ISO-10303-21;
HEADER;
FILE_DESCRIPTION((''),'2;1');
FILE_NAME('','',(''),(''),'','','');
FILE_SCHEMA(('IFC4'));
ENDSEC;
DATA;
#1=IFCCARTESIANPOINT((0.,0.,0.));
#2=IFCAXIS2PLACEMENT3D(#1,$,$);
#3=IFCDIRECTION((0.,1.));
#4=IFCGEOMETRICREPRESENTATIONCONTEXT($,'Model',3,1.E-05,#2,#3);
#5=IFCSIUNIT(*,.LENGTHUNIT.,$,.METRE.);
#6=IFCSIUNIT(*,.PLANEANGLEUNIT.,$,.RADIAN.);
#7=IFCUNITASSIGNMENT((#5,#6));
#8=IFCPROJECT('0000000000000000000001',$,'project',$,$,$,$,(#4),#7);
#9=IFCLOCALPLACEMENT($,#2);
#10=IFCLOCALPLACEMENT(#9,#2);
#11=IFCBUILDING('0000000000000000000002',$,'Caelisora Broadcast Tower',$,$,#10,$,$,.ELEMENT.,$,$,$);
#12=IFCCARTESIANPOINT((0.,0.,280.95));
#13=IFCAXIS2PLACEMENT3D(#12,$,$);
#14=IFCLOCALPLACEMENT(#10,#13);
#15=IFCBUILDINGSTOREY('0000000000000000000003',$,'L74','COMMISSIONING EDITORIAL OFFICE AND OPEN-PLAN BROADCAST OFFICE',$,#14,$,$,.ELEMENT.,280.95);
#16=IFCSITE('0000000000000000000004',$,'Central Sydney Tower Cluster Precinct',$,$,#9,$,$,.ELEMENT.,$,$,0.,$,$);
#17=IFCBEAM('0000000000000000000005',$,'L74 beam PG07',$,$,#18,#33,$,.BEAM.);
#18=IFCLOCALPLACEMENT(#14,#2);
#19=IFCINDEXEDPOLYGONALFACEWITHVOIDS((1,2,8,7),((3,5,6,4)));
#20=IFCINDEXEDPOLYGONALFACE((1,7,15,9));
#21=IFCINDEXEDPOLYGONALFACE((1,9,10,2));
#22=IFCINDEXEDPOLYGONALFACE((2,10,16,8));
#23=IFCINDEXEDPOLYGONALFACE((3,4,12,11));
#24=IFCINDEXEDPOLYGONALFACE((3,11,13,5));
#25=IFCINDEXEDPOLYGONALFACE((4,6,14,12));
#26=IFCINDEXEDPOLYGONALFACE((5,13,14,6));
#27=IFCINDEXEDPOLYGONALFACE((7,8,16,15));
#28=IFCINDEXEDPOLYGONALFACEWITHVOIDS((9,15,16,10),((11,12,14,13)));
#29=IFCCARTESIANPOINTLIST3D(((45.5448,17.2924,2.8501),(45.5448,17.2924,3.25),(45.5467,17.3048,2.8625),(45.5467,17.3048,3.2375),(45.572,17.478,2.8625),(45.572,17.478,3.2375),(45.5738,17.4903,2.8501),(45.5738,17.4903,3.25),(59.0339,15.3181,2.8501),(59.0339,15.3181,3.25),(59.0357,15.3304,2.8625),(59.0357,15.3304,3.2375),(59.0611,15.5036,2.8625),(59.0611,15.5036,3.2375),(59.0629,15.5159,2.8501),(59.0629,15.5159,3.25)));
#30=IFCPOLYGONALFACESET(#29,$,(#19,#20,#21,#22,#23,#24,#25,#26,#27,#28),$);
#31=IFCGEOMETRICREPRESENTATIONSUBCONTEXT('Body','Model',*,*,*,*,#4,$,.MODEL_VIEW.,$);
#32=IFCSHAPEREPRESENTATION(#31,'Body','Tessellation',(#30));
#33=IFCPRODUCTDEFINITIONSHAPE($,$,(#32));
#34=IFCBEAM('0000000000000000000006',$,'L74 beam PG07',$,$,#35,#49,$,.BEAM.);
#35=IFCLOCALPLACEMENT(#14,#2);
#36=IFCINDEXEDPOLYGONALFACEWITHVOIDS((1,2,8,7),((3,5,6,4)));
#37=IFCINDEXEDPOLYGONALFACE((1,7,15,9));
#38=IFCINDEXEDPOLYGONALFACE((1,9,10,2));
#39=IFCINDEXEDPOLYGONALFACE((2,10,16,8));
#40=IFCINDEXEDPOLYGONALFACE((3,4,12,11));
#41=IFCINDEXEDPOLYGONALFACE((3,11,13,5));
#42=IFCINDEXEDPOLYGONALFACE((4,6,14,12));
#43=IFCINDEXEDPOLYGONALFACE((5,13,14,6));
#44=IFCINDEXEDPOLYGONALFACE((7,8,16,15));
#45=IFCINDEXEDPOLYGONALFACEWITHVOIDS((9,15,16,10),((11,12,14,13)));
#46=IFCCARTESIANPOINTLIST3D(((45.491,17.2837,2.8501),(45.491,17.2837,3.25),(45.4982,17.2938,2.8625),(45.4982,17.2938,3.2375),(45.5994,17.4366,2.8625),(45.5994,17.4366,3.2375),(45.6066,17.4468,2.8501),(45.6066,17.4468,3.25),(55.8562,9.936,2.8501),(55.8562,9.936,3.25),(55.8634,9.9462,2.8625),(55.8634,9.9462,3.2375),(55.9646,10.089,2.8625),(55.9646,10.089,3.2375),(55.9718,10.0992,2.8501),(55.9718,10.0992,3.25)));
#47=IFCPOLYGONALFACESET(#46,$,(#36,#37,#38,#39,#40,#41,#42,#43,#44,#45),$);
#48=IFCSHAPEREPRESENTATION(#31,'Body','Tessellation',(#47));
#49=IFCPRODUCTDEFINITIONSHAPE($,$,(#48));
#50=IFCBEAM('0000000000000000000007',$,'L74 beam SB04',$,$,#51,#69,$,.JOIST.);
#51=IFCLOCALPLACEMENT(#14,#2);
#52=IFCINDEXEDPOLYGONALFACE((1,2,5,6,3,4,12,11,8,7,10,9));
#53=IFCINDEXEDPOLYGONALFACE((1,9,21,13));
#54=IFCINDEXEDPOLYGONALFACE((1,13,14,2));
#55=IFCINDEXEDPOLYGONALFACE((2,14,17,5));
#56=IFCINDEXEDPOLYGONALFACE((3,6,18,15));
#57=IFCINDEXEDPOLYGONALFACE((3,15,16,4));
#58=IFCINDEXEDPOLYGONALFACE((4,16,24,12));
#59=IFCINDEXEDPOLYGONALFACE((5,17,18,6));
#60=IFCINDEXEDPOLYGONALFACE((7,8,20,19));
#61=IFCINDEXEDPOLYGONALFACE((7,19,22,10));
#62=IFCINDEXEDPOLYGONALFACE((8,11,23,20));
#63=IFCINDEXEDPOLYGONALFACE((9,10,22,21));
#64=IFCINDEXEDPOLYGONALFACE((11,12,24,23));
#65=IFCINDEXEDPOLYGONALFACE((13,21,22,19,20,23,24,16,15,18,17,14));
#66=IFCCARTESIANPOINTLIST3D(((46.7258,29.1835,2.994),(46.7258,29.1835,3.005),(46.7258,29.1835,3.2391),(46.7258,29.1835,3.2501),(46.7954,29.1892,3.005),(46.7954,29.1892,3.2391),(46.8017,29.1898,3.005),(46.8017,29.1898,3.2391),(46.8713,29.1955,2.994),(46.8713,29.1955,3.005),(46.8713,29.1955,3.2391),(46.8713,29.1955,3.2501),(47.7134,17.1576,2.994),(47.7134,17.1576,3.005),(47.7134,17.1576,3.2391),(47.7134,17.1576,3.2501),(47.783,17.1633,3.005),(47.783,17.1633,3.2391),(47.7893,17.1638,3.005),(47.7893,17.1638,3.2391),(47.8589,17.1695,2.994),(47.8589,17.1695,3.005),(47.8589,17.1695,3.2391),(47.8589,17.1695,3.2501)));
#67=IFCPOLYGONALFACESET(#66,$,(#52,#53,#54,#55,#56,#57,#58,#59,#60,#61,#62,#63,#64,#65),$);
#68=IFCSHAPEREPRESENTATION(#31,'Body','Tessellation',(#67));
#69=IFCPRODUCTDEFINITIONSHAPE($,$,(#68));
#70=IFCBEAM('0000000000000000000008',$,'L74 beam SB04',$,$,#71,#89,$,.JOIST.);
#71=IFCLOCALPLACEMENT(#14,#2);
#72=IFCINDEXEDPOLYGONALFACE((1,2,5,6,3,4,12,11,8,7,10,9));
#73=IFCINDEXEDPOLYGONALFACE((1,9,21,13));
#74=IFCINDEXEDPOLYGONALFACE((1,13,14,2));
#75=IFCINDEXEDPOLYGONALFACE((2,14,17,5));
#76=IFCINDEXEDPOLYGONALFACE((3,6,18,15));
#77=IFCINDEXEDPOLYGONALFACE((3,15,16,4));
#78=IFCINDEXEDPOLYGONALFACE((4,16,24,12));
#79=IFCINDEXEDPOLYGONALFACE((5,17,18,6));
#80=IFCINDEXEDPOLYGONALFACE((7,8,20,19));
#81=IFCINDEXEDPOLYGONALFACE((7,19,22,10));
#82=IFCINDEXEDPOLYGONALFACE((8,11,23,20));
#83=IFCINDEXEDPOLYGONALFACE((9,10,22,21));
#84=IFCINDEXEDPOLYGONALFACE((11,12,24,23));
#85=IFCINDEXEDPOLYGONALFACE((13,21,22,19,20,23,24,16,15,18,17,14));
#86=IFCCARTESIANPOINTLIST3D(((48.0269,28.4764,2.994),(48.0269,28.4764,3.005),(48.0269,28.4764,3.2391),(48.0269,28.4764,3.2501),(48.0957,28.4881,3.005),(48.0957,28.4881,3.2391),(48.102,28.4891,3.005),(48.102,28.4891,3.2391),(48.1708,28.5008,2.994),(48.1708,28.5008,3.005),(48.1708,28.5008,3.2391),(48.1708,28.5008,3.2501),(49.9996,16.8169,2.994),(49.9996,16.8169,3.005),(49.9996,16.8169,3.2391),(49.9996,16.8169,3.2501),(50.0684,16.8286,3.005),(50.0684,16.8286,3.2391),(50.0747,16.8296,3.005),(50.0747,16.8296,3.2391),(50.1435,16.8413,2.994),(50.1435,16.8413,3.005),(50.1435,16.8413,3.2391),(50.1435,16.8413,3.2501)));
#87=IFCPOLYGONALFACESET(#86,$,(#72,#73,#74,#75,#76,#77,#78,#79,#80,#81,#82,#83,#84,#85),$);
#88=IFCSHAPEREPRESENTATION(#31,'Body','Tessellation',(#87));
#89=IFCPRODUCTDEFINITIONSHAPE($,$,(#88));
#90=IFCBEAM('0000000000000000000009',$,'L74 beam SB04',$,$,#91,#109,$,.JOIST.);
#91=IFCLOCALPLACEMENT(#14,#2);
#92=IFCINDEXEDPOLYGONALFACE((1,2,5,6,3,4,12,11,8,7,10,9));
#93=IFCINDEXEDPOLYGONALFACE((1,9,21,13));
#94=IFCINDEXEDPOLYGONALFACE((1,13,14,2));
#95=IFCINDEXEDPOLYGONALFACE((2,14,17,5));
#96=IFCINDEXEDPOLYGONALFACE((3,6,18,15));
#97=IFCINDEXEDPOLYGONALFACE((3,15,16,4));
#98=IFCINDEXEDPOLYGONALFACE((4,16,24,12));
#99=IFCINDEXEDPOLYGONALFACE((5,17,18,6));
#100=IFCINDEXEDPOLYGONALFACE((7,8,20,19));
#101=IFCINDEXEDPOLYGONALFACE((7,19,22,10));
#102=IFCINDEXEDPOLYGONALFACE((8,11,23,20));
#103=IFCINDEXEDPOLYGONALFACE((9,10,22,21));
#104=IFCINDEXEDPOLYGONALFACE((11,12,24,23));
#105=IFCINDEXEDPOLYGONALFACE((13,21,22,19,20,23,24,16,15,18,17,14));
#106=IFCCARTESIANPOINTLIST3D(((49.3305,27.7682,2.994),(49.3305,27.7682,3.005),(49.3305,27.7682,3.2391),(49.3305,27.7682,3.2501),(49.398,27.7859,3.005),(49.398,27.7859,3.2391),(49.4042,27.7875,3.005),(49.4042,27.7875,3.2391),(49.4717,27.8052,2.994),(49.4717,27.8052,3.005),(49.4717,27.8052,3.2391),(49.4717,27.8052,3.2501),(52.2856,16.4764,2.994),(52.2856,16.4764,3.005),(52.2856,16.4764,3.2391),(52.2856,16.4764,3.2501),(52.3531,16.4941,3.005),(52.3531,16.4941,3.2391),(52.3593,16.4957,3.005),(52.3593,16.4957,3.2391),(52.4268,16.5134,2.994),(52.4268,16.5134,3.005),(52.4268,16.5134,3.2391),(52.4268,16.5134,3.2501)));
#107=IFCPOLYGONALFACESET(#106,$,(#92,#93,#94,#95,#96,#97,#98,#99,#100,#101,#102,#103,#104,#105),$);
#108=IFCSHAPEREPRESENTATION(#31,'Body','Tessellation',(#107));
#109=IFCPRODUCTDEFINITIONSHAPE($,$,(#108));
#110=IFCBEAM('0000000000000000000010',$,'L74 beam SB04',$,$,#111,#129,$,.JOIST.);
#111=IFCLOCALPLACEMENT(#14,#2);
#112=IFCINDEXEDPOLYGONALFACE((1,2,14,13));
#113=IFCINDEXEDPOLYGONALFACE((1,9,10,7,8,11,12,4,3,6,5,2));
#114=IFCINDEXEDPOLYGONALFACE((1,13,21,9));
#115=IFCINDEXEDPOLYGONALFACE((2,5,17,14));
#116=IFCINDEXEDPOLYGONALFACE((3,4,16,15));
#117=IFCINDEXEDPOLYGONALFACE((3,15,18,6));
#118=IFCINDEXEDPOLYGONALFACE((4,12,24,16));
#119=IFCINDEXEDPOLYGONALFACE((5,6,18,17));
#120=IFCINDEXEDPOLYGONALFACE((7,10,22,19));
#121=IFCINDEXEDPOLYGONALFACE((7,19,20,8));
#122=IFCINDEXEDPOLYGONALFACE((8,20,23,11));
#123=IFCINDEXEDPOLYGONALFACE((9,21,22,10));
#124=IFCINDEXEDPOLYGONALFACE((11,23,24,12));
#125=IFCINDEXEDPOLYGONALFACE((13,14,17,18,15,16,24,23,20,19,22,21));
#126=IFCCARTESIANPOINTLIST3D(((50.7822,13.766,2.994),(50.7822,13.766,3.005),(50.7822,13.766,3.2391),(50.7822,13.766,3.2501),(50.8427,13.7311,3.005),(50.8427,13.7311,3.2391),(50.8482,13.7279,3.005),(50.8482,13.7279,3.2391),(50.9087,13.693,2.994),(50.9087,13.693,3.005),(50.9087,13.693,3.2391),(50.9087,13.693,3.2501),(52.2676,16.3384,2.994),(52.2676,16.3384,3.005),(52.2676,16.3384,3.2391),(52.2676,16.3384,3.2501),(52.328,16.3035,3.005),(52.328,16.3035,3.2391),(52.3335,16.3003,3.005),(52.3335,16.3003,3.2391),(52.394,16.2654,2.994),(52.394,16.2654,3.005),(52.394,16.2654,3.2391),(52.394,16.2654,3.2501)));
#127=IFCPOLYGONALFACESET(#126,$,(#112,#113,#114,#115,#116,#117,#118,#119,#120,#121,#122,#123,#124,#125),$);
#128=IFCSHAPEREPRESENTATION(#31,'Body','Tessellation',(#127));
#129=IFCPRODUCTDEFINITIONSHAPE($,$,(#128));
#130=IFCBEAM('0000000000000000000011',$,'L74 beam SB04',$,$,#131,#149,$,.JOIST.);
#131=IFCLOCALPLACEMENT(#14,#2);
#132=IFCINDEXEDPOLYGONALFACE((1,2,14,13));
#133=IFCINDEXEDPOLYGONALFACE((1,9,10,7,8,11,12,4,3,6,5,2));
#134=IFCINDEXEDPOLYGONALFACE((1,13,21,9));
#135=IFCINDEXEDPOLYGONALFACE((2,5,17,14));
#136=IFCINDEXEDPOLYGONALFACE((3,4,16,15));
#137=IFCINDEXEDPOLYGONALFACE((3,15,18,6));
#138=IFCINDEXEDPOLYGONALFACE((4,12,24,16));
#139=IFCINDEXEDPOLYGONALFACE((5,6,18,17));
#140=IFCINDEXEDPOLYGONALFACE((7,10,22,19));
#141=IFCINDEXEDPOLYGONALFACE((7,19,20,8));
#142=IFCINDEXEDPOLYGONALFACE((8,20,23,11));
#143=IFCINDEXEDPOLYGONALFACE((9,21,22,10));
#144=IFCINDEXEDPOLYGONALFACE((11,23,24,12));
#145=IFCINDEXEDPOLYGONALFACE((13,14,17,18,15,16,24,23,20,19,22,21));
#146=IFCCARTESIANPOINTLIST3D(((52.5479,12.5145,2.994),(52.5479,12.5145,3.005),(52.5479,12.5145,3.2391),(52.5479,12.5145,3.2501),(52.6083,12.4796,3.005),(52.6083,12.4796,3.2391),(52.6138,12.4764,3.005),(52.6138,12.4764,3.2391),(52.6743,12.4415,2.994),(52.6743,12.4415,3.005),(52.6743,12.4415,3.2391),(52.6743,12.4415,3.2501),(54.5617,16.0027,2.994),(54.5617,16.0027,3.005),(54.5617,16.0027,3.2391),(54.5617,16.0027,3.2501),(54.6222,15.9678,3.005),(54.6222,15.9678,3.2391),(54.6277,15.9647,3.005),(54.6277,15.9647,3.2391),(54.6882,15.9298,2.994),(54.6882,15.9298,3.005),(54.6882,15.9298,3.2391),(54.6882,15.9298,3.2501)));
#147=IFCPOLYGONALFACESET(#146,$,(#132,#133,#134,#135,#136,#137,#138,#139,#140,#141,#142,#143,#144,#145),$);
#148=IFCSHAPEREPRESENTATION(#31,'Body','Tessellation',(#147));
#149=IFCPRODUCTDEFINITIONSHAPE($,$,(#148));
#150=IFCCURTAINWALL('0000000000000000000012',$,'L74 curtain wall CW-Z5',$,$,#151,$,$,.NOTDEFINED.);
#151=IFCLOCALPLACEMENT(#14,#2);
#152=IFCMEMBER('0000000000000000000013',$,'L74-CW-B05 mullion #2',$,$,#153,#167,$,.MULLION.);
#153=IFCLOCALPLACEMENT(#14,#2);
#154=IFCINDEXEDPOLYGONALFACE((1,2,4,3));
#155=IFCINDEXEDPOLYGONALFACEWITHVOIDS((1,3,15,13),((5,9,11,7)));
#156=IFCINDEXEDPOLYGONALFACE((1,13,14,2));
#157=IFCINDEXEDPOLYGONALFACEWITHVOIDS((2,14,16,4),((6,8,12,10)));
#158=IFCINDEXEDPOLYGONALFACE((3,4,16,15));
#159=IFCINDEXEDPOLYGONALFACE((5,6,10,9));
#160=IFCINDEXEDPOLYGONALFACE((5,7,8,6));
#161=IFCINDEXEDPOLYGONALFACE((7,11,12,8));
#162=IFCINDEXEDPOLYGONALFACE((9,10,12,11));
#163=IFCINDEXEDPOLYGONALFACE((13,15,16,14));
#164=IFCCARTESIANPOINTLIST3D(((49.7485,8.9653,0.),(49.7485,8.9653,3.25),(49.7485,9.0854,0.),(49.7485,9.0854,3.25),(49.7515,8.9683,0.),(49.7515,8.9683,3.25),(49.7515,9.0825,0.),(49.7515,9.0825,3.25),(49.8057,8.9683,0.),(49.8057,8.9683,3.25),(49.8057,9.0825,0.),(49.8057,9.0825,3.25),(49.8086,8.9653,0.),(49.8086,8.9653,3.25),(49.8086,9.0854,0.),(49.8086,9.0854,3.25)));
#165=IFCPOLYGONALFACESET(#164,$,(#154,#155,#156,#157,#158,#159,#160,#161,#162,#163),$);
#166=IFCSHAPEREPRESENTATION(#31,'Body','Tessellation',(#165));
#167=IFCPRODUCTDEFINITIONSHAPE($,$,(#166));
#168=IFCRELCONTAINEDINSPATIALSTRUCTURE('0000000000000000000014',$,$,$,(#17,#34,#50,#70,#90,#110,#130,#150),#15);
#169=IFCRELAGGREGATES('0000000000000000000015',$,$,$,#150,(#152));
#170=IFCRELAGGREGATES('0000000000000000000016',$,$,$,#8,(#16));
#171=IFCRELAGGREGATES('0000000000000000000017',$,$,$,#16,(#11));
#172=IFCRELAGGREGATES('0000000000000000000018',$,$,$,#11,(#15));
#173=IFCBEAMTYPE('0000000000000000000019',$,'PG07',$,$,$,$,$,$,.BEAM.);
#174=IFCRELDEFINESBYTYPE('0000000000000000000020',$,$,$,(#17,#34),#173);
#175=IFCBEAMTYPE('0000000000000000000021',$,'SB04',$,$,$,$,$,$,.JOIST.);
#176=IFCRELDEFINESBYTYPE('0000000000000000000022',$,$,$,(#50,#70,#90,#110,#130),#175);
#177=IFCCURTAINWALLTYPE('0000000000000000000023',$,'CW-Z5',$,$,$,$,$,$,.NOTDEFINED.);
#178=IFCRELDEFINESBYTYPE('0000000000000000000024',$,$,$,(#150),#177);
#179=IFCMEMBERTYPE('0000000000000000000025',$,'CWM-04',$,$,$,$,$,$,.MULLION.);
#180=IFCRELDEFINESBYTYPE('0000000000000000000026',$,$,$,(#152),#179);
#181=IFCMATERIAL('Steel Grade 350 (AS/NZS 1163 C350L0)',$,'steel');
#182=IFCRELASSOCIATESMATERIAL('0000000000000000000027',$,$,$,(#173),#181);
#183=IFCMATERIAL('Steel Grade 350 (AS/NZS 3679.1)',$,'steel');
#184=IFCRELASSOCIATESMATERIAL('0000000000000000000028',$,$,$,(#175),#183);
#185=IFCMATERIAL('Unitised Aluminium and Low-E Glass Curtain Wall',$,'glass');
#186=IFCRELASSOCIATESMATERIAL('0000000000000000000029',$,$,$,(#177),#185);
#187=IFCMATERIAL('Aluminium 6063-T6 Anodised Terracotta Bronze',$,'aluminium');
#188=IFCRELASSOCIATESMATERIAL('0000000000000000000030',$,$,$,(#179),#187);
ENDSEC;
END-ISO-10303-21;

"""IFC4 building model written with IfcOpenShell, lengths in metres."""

from ifc_helpers import new_model, si_unit, direction, frame, origin, origin_2d, place, context, subcontext, project, spatial, hollow_rectangle, i_section, extrude, source, transform, mapped, material, material_profile, profile_set, type_object, type_shapes, element, aggregate, save


model = new_model("IFC4")

# Units and contexts
model_context = context("Model", 3, precision=1e-05, world=origin(), true_north=direction((0.0, 1.0)))
body_context = subcontext(model_context, "Body", "Model", "MODEL_VIEW")
ifc_project = project(units=[si_unit("LENGTHUNIT", "METRE"), si_unit("PLANEANGLEUNIT", "RADIAN")], contexts=[model_context])

# Site, building, storey
site_placement = place(None, origin())
site = spatial("IfcSite", under=ifc_project, at=site_placement, Name="Central Sydney Tower Cluster Precinct", CompositionType="ELEMENT", RefElevation=0.0)
building_placement = place(site_placement, origin())
building = spatial("IfcBuilding", under=site, at=building_placement, Name="Caelisora Broadcast Tower", CompositionType="ELEMENT")
storey_placement = place(building_placement, frame((0.0, 0.0, 280.95)))
storey = spatial("IfcBuildingStorey", under=building, at=storey_placement, Name="L74", Description="COMMISSIONING EDITORIAL OFFICE AND OPEN-PLAN BROADCAST OFFICE", CompositionType="ELEMENT", Elevation=280.95)

# Beams
ifc_material_1 = material(Name="Steel Grade 350 (AS/NZS 1163 C350L0)", Category="steel")
ifc_material_profile_1 = material_profile(ifc_material_1, hollow_rectangle(XDim=0.2, YDim=0.3999, WallThickness=0.0125, at=origin_2d()), Name="Steel Grade 350 (AS/NZS 1163 C350L0)")
ifc_profile_set_1 = profile_set([ifc_material_profile_1], Name="Steel Grade 350 (AS/NZS 1163 C350L0)")
beam_type_1 = type_object("IfcBeamType", Name="PG07", PredefinedType="BEAM", material=ifc_profile_set_1)
shared_shape_1 = source(origin(), body_context, "Body", "SweptSolid", [
    extrude(hollow_rectangle(XDim=0.2, YDim=0.3999, WallThickness=0.0125, at=origin_2d()), origin(), (0.0, 0.0, 1.0), 13.6328),
])
beam_1_placement = place(storey_placement, frame((45.5593, 17.3914, 3.05), z_axis=(0.989457, -0.144825, 0.0), x_axis=(0.144825, 0.989457, 0.0)))
element("IfcBeam", 1, at=beam_1_placement, inside=storey, type_object=beam_type_1, Name="L74 beam PG07", PredefinedType="BEAM", context=body_context, shape_type="MappedRepresentation", body=[
    mapped(shared_shape_1, transform((0.0, 0.0, 0.0), scale=1.0)),
])
shared_shape_2 = source(origin(), body_context, "Body", "SweptSolid", [
    extrude(hollow_rectangle(XDim=0.2, YDim=0.3999, WallThickness=0.0125, at=origin_2d()), origin(), (0.0, 0.0, 1.0), 12.7053),
])
type_shapes(beam_type_1, [shared_shape_1, shared_shape_2])
beam_2_placement = place(storey_placement, frame((45.5488, 17.3652, 3.05), z_axis=(0.815816, -0.578312, 0.0), x_axis=(0.578312, 0.815816, 0.0)))
element("IfcBeam", 2, at=beam_2_placement, inside=storey, type_object=beam_type_1, Name="L74 beam PG07", PredefinedType="BEAM", context=body_context, shape_type="MappedRepresentation", body=[
    mapped(shared_shape_2, transform((0.0, 0.0, 0.0), scale=1.0)),
])
ifc_material_2 = material(Name="Steel Grade 350 (AS/NZS 3679.1)", Category="steel")
ifc_material_profile_2 = material_profile(ifc_material_2, i_section(OverallWidth=0.146, OverallDepth=0.2561, WebThickness=0.0063, FlangeThickness=0.011, at=origin_2d()), Name="Steel Grade 350 (AS/NZS 3679.1)")
ifc_profile_set_2 = profile_set([ifc_material_profile_2], Name="Steel Grade 350 (AS/NZS 3679.1)")
beam_type_2 = type_object("IfcBeamType", Name="SB04", PredefinedType="JOIST", material=ifc_profile_set_2)
shared_shape_3 = source(origin(), body_context, "Body", "SweptSolid", [
    extrude(i_section(OverallWidth=0.146, OverallDepth=0.2561, WebThickness=0.0063, FlangeThickness=0.011, at=origin_2d()), origin(), (0.0, 0.0, 1.0), 12.0664),
])
beam_3_placement = place(storey_placement, frame((47.7861, 17.1636, 3.1221), z_axis=(-0.081843, 0.996645, 0.0), x_axis=(-0.996645, -0.081843, 0.0)))
element("IfcBeam", 3, at=beam_3_placement, inside=storey, type_object=beam_type_2, Name="L74 beam SB04", PredefinedType="JOIST", context=body_context, shape_type="MappedRepresentation", body=[
    mapped(shared_shape_3, transform((0.0, 0.0, 0.0), scale=1.0)),
])
shared_shape_4 = source(origin(), body_context, "Body", "SweptSolid", [
    extrude(i_section(OverallWidth=0.146, OverallDepth=0.2561, WebThickness=0.0063, FlangeThickness=0.011, at=origin_2d()), origin(), (0.0, 0.0, 1.0), 11.8252),
])
beam_4_placement = place(storey_placement, frame((50.0715, 16.8291, 3.1221), z_axis=(-0.166819, 0.985988, 0.0), x_axis=(-0.985988, -0.166819, 0.0)))
element("IfcBeam", 4, at=beam_4_placement, inside=storey, type_object=beam_type_2, Name="L74 beam SB04", PredefinedType="JOIST", context=body_context, shape_type="MappedRepresentation", body=[
    mapped(shared_shape_4, transform((0.0, 0.0, 0.0), scale=1.0)),
])
shared_shape_5 = source(origin(), body_context, "Body", "SweptSolid", [
    extrude(i_section(OverallWidth=0.146, OverallDepth=0.2561, WebThickness=0.0063, FlangeThickness=0.011, at=origin_2d()), origin(), (0.0, 0.0, 1.0), 11.6721),
])
beam_5_placement = place(storey_placement, frame((52.3562, 16.4949, 3.1221), z_axis=(-0.253176, 0.96742, 0.0), x_axis=(-0.96742, -0.253176, 0.0)))
element("IfcBeam", 5, at=beam_5_placement, inside=storey, type_object=beam_type_2, Name="L74 beam SB04", PredefinedType="JOIST", context=body_context, shape_type="MappedRepresentation", body=[
    mapped(shared_shape_5, transform((0.0, 0.0, 0.0), scale=1.0)),
])
shared_shape_6 = source(origin(), body_context, "Body", "SweptSolid", [
    extrude(i_section(OverallWidth=0.146, OverallDepth=0.2561, WebThickness=0.0063, FlangeThickness=0.011, at=origin_2d()), origin(), (0.0, 0.0, 1.0), 2.9705),
])
beam_6_placement = place(storey_placement, frame((50.8455, 13.7295, 3.1221), z_axis=(0.500028, 0.866009, 0.0), x_axis=(-0.866009, 0.500028, 0.0)))
element("IfcBeam", 6, at=beam_6_placement, inside=storey, type_object=beam_type_2, Name="L74 beam SB04", PredefinedType="JOIST", context=body_context, shape_type="MappedRepresentation", body=[
    mapped(shared_shape_6, transform((0.0, 0.0, 0.0), scale=1.0)),
])
shared_shape_7 = source(origin(), body_context, "Body", "SweptSolid", [
    extrude(i_section(OverallWidth=0.146, OverallDepth=0.2561, WebThickness=0.0063, FlangeThickness=0.011, at=origin_2d()), origin(), (0.0, 0.0, 1.0), 4.0278),
])
type_shapes(beam_type_2, [shared_shape_3, shared_shape_4, shared_shape_5, shared_shape_6, shared_shape_7])
beam_7_placement = place(storey_placement, frame((52.6111, 12.478, 3.1221), z_axis=(0.499992, 0.86603, 0.0), x_axis=(-0.86603, 0.499992, 0.0)))
element("IfcBeam", 7, at=beam_7_placement, inside=storey, type_object=beam_type_2, Name="L74 beam SB04", PredefinedType="JOIST", context=body_context, shape_type="MappedRepresentation", body=[
    mapped(shared_shape_7, transform((0.0, 0.0, 0.0), scale=1.0)),
])

# Curtain wall, member
ifc_material_3 = material(Name="Unitised Aluminium and Low-E Glass Curtain Wall", Category="glass")
curtain_wall_type = type_object("IfcCurtainWallType", Name="CW-Z5", PredefinedType="NOTDEFINED", material=ifc_material_3)
curtain_wall_placement = place(storey_placement, origin())
curtain_wall = element("IfcCurtainWall", 8, at=curtain_wall_placement, inside=storey, type_object=curtain_wall_type, Name="L74 curtain wall CW-Z5", PredefinedType="NOTDEFINED")
ifc_material_4 = material(Name="Aluminium 6063-T6 Anodised Terracotta Bronze", Category="aluminium")
ifc_material_profile_3 = material_profile(ifc_material_4, hollow_rectangle(XDim=0.0601, YDim=0.1201, WallThickness=0.0029, at=origin_2d()), Name="Aluminium 6063-T6 Anodised Terracotta Bronze")
ifc_profile_set_3 = profile_set([ifc_material_profile_3], Name="Aluminium 6063-T6 Anodised Terracotta Bronze")
member_type = type_object("IfcMemberType", Name="CWM-04", PredefinedType="MULLION", material=ifc_profile_set_3)
shared_shape_8 = source(origin(), body_context, "Body", "SweptSolid", [
    extrude(hollow_rectangle(XDim=0.0601, YDim=0.1201, WallThickness=0.0029, at=origin_2d()), origin(), (0.0, 0.0, 1.0), 3.25),
])
type_shapes(member_type, [shared_shape_8])
member_placement = place(storey_placement, frame((49.7786, 9.0254, 0.0), z_axis=(0.0, 0.0, 1.0), x_axis=(1.0, 0.0, 0.0)))
member = element("IfcMember", 9, at=member_placement, type_object=member_type, Name="L74-CW-B05 mullion #2", PredefinedType="MULLION", context=body_context, shape_type="MappedRepresentation", body=[
    mapped(shared_shape_8, transform((0.0, 0.0, 0.0), scale=1.0)),
])

aggregate(curtain_wall, [member])

save(model, "model.ifc")
